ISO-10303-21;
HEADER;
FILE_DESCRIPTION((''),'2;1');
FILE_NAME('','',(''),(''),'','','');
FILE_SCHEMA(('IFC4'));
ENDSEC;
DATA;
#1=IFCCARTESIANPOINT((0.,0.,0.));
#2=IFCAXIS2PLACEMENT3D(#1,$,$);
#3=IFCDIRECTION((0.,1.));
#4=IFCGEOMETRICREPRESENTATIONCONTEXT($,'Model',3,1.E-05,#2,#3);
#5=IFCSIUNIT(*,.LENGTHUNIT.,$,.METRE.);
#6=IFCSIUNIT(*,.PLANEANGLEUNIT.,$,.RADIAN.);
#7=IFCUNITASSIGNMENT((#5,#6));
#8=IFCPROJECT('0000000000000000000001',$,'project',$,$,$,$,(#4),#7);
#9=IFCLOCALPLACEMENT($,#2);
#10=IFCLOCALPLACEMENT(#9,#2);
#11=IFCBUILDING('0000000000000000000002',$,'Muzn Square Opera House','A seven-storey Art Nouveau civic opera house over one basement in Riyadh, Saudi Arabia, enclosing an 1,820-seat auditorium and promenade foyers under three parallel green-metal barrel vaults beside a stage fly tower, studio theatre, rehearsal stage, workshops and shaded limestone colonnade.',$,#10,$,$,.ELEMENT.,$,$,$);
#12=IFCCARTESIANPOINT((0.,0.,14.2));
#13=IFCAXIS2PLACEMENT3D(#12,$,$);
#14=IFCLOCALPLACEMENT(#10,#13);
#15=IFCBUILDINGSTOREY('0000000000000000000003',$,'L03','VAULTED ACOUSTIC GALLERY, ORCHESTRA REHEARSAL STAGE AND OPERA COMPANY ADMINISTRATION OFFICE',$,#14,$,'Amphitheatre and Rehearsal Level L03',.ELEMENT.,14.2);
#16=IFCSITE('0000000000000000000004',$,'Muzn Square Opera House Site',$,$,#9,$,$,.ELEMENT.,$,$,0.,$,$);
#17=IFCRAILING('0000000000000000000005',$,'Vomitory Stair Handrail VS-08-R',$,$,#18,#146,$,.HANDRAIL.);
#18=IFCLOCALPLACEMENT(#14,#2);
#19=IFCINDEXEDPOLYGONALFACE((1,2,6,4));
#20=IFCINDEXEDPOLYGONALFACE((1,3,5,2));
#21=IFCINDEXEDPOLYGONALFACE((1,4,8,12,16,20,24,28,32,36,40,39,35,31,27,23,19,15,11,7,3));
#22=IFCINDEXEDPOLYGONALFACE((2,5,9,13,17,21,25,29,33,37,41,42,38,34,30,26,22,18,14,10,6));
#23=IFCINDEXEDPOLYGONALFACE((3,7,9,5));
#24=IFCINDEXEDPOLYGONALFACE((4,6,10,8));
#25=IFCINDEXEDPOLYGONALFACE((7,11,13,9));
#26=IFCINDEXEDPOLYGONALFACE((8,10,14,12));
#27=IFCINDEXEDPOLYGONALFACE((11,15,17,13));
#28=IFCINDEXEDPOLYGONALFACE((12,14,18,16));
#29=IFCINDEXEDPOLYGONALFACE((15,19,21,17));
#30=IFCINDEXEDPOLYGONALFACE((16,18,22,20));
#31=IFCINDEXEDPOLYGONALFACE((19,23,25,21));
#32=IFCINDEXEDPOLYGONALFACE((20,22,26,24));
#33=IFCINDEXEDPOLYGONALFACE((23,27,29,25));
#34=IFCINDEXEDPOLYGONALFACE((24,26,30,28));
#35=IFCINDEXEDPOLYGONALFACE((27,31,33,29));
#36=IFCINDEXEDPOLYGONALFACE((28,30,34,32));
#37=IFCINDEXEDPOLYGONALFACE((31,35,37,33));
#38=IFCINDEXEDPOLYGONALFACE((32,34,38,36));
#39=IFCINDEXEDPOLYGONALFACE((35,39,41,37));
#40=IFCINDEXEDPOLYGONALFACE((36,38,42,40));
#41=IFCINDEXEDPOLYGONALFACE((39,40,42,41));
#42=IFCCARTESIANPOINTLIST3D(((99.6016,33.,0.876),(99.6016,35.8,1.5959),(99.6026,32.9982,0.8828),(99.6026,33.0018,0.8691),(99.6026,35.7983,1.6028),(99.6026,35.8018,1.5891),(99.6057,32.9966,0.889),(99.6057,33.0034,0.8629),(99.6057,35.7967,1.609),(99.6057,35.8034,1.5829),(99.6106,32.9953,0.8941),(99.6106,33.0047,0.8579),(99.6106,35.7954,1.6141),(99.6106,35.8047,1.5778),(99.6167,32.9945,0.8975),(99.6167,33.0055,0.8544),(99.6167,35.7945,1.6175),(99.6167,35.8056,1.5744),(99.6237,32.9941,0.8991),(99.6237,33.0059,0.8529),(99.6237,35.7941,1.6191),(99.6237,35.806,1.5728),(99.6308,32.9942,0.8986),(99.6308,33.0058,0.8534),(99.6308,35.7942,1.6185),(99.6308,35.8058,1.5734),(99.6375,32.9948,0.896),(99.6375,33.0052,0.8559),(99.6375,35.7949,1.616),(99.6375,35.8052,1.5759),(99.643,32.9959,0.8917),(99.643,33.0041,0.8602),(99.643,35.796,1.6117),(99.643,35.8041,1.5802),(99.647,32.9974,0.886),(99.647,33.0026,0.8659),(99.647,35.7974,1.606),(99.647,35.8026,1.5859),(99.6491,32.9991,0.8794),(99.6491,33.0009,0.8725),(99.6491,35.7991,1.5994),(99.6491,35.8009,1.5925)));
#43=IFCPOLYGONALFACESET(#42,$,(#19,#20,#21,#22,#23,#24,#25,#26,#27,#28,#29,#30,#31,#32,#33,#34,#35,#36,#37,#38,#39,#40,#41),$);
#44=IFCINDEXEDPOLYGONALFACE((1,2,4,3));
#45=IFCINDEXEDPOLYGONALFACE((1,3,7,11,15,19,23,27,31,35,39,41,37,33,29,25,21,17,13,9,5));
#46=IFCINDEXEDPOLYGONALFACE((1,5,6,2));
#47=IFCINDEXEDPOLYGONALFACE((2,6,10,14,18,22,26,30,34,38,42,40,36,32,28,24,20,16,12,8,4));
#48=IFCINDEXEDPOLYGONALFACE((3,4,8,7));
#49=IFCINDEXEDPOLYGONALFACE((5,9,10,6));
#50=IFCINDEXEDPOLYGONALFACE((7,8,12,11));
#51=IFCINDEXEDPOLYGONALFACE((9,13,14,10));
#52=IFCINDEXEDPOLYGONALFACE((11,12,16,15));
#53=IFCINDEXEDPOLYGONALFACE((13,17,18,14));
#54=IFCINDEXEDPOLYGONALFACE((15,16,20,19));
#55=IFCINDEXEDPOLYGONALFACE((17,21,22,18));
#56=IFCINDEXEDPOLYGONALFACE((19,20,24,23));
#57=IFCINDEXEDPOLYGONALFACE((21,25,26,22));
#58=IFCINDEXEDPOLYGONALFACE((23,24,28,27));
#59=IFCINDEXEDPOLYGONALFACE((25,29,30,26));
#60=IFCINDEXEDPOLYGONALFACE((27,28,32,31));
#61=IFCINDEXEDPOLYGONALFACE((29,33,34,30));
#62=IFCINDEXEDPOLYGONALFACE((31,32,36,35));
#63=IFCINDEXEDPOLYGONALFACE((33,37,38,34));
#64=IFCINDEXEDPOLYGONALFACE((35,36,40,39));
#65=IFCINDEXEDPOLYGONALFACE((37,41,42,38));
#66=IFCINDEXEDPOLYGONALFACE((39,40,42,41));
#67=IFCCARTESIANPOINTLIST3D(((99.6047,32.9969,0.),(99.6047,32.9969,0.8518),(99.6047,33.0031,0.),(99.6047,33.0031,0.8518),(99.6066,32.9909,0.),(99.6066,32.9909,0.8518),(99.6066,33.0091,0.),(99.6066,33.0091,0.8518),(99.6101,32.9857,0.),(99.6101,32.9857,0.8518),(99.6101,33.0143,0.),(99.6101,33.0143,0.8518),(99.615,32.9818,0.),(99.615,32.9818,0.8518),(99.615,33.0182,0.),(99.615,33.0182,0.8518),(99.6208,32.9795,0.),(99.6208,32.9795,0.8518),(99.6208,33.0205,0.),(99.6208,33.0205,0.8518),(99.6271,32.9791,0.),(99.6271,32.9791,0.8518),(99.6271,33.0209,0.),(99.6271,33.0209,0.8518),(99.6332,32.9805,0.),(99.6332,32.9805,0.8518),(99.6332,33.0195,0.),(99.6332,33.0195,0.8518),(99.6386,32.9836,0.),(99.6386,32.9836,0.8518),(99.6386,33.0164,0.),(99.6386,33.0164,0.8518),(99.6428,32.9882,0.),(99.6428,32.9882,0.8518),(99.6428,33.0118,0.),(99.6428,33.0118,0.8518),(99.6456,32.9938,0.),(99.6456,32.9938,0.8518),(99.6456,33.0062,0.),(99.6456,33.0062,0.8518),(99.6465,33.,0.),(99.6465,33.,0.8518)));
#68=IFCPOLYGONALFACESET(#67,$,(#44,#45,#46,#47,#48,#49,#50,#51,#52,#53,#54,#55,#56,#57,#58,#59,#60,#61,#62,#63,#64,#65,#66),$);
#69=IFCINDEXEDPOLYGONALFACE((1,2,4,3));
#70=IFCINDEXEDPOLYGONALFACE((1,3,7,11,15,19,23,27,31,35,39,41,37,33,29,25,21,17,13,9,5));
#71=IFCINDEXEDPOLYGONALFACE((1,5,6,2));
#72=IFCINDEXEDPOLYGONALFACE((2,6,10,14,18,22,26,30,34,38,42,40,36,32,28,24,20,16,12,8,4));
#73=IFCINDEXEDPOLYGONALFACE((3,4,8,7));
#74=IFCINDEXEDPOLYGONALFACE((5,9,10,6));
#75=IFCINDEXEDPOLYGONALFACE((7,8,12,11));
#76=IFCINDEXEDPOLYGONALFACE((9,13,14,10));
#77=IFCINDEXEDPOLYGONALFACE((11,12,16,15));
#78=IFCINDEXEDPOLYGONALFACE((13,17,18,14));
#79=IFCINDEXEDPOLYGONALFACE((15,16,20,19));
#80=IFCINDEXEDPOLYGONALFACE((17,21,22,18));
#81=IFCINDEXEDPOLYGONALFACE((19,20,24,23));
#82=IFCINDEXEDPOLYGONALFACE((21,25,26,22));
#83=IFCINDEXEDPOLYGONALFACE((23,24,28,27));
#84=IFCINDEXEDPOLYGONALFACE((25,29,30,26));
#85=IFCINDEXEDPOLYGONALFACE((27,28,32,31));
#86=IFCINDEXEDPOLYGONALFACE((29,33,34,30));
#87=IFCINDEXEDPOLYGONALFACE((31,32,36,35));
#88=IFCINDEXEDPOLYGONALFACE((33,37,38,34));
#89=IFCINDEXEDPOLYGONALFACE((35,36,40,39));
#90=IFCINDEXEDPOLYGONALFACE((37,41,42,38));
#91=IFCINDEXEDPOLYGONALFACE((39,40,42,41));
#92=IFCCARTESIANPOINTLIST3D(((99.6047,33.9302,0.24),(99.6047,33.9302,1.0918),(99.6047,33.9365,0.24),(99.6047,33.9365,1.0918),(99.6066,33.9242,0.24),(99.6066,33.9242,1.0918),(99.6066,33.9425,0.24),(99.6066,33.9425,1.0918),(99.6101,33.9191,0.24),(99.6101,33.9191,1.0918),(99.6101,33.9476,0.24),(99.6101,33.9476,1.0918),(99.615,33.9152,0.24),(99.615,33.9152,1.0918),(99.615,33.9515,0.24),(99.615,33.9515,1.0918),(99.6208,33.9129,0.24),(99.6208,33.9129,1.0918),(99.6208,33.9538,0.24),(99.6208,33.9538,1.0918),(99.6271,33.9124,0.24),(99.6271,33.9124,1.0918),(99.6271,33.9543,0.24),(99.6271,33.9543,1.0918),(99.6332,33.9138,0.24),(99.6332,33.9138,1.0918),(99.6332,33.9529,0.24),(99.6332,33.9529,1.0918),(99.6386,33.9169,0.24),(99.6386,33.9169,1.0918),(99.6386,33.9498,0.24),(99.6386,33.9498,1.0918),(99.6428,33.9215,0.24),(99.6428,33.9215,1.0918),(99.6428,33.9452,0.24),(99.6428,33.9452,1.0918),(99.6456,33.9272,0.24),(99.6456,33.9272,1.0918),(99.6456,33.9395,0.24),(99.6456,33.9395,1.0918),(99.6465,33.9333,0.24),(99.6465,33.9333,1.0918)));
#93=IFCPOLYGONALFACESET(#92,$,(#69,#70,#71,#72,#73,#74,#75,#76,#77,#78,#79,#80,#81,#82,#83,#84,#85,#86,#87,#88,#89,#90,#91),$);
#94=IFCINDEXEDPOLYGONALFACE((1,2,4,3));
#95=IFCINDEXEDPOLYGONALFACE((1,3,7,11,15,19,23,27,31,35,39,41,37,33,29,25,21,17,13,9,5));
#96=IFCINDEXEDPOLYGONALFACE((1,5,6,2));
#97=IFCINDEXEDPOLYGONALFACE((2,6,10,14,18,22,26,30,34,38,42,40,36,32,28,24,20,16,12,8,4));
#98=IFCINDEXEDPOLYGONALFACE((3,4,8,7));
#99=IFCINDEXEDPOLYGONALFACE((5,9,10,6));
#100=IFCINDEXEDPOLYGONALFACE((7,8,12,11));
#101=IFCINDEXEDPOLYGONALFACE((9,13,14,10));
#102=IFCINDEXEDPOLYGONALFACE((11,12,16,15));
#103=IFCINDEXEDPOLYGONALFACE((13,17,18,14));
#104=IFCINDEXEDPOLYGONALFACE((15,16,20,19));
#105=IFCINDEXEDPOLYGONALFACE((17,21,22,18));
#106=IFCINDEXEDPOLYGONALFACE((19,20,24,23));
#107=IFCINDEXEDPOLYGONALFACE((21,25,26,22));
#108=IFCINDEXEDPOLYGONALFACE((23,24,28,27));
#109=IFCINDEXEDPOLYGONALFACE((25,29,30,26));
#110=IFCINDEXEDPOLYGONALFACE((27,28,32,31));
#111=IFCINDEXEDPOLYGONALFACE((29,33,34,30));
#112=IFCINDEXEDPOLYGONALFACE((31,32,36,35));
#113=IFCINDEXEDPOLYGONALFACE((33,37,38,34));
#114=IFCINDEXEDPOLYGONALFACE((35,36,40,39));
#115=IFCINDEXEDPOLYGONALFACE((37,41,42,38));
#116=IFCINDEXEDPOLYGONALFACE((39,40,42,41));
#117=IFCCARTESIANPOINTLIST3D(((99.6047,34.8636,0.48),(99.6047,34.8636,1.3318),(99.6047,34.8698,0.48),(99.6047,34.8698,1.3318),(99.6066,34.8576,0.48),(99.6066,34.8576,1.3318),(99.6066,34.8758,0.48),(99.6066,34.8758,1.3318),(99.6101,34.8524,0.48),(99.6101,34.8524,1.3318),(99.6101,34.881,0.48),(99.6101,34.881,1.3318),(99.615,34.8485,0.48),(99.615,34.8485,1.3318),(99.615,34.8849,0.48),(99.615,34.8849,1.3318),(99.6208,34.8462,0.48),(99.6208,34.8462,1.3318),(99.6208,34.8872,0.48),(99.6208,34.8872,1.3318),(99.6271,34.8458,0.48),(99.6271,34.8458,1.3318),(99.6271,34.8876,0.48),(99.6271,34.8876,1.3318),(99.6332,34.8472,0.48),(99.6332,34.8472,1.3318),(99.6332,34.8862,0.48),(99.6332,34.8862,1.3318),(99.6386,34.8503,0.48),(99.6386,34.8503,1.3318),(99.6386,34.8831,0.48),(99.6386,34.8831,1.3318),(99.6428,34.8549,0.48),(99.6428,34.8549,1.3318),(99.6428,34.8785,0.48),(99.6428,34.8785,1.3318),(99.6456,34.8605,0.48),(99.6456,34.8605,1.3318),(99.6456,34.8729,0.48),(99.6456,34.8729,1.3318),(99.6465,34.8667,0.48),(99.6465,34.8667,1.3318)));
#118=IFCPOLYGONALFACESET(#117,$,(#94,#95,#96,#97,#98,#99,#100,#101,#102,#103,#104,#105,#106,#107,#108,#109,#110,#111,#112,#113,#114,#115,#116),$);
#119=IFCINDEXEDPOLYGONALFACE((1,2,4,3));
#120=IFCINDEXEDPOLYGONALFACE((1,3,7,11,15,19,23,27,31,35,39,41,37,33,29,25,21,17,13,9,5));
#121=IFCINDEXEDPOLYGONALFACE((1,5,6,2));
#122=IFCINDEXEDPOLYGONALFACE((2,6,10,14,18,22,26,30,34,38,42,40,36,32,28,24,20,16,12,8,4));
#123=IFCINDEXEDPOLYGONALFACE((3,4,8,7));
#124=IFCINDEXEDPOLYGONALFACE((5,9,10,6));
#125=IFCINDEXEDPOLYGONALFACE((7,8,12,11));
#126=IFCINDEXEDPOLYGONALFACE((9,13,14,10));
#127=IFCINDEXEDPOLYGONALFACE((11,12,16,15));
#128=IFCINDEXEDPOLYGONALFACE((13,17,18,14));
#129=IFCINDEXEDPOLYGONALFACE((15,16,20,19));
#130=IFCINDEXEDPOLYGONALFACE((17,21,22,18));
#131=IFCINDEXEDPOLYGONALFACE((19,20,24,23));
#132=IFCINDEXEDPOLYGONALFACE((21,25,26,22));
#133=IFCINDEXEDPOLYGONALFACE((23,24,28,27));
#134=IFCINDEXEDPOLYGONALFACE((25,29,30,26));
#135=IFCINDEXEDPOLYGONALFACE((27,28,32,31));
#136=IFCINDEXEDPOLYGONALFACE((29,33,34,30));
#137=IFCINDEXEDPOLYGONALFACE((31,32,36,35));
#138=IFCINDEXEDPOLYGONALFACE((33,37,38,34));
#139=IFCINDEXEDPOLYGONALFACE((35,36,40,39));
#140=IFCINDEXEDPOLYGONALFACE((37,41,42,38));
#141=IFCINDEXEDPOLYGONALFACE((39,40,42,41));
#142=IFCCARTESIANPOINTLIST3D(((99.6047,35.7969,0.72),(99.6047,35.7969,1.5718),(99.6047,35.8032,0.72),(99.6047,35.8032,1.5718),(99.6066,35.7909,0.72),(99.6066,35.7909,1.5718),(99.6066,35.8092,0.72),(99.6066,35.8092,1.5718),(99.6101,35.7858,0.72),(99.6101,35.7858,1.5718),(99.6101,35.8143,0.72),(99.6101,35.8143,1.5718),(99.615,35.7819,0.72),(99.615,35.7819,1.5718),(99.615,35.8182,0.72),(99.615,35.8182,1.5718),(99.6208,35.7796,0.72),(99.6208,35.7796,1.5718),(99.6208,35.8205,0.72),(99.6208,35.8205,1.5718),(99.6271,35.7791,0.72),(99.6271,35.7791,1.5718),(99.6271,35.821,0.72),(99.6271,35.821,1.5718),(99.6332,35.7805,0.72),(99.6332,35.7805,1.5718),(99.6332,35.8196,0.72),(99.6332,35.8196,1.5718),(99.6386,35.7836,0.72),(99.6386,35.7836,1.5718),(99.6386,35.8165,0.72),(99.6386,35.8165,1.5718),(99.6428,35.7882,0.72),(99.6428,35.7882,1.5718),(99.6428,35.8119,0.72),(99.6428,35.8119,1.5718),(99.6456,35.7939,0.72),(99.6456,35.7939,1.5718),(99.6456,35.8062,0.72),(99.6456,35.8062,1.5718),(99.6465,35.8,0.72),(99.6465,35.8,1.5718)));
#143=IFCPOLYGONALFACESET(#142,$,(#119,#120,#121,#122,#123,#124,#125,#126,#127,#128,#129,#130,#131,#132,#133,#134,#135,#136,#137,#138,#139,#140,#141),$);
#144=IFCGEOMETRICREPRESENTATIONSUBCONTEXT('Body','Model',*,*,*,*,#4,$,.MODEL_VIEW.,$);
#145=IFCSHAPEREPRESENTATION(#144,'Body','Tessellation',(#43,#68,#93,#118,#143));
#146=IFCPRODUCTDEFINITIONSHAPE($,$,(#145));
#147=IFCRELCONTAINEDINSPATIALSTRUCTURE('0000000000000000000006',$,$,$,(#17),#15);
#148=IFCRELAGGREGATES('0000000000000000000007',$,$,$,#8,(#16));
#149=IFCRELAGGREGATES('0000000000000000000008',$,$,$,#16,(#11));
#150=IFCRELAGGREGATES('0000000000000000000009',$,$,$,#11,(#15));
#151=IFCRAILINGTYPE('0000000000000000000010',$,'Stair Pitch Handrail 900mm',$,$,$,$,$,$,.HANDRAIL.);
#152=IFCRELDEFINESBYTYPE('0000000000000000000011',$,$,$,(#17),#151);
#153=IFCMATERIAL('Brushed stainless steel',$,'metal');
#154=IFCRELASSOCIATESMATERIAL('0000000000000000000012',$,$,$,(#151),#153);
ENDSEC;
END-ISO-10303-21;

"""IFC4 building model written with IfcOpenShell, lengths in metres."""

from ifc_helpers import new_model, si_unit, direction, frame, origin, origin_2d, place, context, subcontext, project, spatial, circle, extrude, material, type_object, element, save


model = new_model("IFC4")

# Units and contexts
model_context = context("Model", 3, precision=1e-05, world=origin(), true_north=direction((0.0, 1.0)))
body_context = subcontext(model_context, "Body", "Model", "MODEL_VIEW")
ifc_project = project(units=[si_unit("LENGTHUNIT", "METRE"), si_unit("PLANEANGLEUNIT", "RADIAN")], contexts=[model_context])

# Site, building, storey
site_placement = place(None, origin())
site = spatial("IfcSite", under=ifc_project, at=site_placement, Name="Muzn Square Opera House Site", CompositionType="ELEMENT", RefElevation=0.0)
building_placement = place(site_placement, origin())
building = spatial("IfcBuilding", under=site, at=building_placement, Name="Muzn Square Opera House", Description="A seven-storey Art Nouveau civic opera house over one basement in Riyadh, Saudi Arabia, enclosing an 1,820-seat auditorium and promenade foyers under three parallel green-metal barrel vaults beside a stage fly tower, studio theatre, rehearsal stage, workshops and shaded limestone colonnade.", CompositionType="ELEMENT")
storey_placement = place(building_placement, frame((0.0, 0.0, 14.2)))
storey = spatial("IfcBuildingStorey", under=building, at=storey_placement, Name="L03", Description="VAULTED ACOUSTIC GALLERY, ORCHESTRA REHEARSAL STAGE AND OPERA COMPANY ADMINISTRATION OFFICE", LongName="Amphitheatre and Rehearsal Level L03", CompositionType="ELEMENT", Elevation=14.2)

# Railing
ifc_material_1 = material(Name="Brushed stainless steel", Category="metal")
railing_type_1 = type_object("IfcRailingType", Name="Stair Pitch Handrail 900mm", PredefinedType="HANDRAIL", material=ifc_material_1)
railing_1_placement = place(storey_placement, frame((99.6255, 33.0, 0.0)))
element("IfcRailing", 1, at=railing_1_placement, inside=storey, type_object=railing_type_1, Name="Vomitory Stair Handrail VS-08-R", PredefinedType="HANDRAIL", context=body_context, shape_type="SweptSolid", body=[
    extrude(circle(Radius=0.0239, at=origin_2d()), frame((0.0, 0.0, 0.876), z_axis=(0.0, 0.968496, 0.249027), x_axis=(-1.0, 0.0, 0.0)), (0.0, 0.0, 1.0), 2.8911),
    extrude(circle(Radius=0.021, at=origin_2d()), origin(), (0.0, 0.0, 1.0), 0.8518),
    extrude(circle(Radius=0.021, at=origin_2d()), frame((0.0, 0.9333, 0.24)), (0.0, 0.0, 1.0), 0.8518),
    extrude(circle(Radius=0.021, at=origin_2d()), frame((0.0, 1.8667, 0.48)), (0.0, 0.0, 1.0), 0.8518),
    extrude(circle(Radius=0.021, at=origin_2d()), frame((0.0, 2.8, 0.72)), (0.0, 0.0, 1.0), 0.8518),
])

save(model, "model.ifc")
